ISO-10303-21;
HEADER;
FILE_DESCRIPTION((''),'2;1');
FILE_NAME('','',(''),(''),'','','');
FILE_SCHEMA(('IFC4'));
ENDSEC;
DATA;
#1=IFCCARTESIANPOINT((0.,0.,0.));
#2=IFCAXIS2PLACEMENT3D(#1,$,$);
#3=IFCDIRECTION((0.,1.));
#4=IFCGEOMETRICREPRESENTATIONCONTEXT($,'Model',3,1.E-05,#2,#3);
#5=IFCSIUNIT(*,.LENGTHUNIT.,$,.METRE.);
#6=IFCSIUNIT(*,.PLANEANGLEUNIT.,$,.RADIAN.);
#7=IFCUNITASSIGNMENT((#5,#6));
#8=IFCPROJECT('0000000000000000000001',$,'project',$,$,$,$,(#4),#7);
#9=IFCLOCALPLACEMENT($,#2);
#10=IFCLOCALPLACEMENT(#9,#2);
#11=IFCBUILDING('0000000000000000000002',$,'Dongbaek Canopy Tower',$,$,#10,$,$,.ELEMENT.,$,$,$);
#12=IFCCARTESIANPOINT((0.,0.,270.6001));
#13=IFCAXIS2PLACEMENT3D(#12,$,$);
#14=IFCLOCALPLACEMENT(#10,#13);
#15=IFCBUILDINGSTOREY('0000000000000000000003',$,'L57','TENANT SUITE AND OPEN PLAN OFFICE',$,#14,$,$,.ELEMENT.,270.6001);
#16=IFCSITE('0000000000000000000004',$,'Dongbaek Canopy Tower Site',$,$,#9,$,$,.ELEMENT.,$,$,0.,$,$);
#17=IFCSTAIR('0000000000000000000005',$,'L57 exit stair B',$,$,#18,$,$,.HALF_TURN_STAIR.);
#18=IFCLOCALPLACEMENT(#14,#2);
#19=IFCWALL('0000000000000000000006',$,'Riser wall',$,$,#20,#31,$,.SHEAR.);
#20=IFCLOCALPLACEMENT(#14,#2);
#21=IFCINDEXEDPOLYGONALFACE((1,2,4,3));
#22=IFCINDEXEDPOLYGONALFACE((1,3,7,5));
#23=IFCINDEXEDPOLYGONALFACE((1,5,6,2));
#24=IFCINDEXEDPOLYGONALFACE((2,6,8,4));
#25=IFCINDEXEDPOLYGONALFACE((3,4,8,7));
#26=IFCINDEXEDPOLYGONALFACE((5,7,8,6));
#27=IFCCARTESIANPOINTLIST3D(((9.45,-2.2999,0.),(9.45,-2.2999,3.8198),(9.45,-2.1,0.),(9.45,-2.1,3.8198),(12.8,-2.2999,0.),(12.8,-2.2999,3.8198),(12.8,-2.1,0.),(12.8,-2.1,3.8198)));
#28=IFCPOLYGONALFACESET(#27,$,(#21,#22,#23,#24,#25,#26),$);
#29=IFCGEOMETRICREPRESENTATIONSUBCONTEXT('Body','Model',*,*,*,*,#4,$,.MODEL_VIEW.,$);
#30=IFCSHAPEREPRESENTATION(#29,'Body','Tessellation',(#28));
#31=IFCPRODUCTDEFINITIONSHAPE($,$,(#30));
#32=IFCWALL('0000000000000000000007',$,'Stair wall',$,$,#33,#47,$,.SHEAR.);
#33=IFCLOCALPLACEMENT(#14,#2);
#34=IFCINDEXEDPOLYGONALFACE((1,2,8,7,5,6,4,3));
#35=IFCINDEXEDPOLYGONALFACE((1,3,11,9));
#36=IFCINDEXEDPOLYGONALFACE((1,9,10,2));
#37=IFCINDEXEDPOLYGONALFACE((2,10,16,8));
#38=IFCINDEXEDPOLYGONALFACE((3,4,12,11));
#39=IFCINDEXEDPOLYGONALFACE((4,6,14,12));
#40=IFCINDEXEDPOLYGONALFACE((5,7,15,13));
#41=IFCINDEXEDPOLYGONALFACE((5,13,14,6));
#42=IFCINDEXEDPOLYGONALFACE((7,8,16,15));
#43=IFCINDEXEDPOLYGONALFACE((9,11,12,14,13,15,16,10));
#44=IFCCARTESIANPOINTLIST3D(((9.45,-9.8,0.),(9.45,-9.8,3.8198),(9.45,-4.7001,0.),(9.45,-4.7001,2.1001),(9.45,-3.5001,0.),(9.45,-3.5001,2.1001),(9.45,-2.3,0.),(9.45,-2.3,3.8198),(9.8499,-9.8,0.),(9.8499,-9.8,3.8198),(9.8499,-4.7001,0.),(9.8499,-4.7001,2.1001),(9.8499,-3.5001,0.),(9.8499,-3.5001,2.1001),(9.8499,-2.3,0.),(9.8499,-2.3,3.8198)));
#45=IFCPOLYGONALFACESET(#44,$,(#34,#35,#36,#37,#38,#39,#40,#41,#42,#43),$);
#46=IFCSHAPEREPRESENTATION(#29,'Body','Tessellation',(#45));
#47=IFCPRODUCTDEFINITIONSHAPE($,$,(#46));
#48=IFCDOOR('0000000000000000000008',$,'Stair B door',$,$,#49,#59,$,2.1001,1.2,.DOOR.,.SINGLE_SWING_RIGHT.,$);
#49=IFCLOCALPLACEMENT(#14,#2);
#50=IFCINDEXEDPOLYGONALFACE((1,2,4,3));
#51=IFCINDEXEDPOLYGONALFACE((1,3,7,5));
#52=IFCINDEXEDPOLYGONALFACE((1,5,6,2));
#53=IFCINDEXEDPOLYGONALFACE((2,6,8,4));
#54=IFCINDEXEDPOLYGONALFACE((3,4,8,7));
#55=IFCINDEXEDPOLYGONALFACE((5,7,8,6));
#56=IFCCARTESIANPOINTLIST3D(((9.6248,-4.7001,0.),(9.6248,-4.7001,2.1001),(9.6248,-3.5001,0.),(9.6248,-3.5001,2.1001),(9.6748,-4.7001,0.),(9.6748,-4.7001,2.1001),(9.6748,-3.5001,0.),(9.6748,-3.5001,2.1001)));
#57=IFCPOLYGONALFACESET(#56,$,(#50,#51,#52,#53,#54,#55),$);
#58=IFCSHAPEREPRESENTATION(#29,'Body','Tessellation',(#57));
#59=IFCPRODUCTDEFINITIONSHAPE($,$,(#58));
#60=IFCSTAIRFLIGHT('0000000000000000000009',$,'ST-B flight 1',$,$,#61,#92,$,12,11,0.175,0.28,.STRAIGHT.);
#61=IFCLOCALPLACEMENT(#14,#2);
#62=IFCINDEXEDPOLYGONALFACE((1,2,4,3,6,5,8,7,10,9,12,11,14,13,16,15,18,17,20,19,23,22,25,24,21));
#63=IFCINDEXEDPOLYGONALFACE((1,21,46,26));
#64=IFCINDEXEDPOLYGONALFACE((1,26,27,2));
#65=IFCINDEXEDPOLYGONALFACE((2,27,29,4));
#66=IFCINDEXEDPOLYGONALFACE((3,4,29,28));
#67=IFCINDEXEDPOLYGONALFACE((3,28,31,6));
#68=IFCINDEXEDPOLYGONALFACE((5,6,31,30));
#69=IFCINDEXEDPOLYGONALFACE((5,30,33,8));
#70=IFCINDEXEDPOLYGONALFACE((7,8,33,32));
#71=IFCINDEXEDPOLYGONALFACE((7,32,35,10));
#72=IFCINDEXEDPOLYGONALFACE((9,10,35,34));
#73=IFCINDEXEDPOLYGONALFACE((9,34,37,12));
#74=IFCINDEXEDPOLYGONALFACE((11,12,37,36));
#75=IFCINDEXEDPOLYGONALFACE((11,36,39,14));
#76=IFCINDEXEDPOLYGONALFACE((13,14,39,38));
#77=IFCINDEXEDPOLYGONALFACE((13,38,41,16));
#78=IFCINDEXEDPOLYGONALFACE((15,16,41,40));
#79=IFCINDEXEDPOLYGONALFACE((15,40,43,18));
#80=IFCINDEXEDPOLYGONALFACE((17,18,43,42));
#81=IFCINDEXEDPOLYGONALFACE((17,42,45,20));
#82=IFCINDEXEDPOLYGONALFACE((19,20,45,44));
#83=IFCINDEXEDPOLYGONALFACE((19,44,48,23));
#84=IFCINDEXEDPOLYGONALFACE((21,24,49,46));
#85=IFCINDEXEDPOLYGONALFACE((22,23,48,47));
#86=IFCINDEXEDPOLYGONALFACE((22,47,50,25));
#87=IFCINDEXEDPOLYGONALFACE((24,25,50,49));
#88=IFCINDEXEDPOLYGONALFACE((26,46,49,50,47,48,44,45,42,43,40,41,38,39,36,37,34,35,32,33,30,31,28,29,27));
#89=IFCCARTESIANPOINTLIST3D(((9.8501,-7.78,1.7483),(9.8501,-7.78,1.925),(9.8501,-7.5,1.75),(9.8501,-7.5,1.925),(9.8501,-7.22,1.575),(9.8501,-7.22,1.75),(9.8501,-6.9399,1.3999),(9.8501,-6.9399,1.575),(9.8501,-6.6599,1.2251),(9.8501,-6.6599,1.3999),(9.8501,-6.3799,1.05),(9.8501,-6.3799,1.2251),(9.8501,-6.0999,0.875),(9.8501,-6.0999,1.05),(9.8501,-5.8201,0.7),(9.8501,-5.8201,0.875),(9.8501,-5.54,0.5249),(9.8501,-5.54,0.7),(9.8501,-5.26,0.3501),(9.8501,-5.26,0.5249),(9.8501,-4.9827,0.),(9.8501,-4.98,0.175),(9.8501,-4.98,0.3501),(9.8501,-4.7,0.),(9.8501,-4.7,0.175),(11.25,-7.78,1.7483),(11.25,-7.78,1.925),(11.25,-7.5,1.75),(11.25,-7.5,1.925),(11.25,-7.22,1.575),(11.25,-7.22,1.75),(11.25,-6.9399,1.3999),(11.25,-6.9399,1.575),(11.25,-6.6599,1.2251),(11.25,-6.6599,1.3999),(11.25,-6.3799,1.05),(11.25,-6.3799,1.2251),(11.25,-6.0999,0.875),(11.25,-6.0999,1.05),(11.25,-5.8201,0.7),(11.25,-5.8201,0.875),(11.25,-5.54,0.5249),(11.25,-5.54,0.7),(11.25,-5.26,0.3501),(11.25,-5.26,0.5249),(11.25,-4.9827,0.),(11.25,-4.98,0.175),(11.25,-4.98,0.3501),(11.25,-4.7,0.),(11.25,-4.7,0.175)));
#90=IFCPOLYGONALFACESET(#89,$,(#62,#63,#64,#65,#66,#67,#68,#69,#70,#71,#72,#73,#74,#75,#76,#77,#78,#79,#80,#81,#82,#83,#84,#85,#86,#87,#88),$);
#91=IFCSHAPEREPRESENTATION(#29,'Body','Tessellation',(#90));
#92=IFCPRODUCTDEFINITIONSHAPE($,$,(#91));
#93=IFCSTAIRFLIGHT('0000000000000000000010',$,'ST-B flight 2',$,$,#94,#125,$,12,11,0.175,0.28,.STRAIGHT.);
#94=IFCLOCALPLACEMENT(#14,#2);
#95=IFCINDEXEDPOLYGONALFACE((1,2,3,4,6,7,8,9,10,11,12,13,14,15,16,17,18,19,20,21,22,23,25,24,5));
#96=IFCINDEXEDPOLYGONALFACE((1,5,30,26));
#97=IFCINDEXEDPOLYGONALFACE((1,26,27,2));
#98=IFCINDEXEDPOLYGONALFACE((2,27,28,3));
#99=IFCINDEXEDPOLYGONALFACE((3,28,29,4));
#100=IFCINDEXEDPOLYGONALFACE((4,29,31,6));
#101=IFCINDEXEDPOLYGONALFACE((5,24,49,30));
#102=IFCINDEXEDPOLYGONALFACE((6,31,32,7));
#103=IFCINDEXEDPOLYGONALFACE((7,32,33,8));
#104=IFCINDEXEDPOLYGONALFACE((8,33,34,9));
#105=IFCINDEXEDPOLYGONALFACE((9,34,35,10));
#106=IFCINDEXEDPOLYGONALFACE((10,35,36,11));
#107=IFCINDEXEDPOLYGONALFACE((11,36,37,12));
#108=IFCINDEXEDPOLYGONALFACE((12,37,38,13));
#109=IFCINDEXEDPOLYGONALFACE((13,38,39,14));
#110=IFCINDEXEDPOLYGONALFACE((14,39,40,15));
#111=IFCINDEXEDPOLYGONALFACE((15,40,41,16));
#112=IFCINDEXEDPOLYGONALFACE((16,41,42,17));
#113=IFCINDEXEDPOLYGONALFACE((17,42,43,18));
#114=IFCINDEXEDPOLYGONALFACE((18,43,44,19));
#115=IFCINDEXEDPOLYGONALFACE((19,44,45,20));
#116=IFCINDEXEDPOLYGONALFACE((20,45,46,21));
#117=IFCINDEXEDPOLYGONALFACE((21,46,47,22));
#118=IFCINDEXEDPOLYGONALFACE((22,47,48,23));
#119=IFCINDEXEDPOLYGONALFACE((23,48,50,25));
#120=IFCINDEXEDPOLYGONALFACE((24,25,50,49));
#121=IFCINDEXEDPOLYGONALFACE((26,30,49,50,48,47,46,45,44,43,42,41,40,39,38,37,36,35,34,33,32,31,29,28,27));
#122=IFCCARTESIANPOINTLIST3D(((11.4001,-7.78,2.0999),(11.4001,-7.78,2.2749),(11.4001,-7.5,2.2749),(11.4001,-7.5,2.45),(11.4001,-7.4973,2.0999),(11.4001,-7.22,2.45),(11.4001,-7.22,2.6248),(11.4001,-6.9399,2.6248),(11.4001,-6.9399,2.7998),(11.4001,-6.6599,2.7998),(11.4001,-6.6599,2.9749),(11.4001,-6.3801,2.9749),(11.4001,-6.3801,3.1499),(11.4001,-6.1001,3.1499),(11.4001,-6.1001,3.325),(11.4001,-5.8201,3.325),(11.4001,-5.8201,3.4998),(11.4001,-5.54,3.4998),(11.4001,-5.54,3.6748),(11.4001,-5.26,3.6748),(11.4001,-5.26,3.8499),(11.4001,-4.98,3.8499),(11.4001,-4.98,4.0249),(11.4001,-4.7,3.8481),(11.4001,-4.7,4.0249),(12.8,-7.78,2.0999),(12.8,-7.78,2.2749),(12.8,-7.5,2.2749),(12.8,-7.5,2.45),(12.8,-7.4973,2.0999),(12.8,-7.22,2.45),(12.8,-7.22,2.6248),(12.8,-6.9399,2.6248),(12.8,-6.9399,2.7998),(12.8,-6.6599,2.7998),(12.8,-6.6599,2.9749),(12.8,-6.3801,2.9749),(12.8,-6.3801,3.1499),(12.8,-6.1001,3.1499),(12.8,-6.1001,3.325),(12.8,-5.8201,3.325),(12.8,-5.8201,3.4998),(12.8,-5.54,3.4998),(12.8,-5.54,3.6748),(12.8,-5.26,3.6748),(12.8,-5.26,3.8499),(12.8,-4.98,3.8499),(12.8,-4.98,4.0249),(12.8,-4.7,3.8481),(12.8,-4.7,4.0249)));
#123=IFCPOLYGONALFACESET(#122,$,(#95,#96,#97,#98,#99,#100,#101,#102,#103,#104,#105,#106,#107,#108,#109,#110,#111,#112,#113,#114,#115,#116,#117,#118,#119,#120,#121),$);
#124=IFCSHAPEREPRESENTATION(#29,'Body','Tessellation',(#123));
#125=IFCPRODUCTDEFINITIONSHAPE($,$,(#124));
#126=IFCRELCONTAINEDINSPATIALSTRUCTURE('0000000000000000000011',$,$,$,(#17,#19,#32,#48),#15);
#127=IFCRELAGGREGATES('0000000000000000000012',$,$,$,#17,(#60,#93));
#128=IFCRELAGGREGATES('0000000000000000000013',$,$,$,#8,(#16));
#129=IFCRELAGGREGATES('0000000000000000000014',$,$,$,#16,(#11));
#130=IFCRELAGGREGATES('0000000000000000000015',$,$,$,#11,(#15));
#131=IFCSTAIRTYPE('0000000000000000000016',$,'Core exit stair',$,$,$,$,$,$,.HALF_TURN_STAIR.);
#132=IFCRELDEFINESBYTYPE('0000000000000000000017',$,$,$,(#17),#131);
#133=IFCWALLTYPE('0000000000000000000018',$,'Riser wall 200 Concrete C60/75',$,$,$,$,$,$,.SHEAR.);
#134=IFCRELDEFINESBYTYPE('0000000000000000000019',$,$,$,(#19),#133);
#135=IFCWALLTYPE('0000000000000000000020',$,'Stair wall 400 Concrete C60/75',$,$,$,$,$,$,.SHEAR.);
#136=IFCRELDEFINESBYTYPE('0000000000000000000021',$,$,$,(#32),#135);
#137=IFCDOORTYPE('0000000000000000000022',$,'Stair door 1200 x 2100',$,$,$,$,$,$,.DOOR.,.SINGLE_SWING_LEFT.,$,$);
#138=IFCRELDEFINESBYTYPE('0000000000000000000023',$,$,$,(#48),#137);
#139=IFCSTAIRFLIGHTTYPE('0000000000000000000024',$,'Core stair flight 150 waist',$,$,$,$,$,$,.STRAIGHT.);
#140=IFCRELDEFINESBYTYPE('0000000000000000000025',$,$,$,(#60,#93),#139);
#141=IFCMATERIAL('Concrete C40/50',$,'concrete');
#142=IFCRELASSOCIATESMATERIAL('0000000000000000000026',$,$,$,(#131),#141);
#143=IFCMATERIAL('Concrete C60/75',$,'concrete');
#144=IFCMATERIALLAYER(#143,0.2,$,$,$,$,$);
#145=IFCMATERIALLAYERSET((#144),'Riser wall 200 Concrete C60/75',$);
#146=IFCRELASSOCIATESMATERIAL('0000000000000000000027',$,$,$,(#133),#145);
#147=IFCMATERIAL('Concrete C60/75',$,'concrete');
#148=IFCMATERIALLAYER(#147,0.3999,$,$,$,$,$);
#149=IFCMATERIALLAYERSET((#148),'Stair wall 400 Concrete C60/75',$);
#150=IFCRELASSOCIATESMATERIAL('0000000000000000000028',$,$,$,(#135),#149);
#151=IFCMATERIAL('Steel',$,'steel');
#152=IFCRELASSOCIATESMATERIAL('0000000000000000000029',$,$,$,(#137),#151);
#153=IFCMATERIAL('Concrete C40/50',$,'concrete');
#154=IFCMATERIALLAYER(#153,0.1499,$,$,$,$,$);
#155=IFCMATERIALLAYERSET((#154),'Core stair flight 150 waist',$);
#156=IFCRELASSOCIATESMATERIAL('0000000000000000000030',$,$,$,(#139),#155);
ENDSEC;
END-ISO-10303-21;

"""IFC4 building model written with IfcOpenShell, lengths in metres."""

from ifc_helpers import new_model, si_unit, direction, frame, frame_2d, origin, place, context, subcontext, project, spatial, polyline, rectangle, outline, extrude, material, layer, layer_set, type_object, element, fill, aggregate, save


model = new_model("IFC4")

# Units and contexts
model_context = context("Model", 3, precision=1e-05, world=origin(), true_north=direction((0.0, 1.0)))
body_context = subcontext(model_context, "Body", "Model", "MODEL_VIEW")
ifc_project = project(units=[si_unit("LENGTHUNIT", "METRE"), si_unit("PLANEANGLEUNIT", "RADIAN")], contexts=[model_context])

# Site, building, storey
site_placement = place(None, origin())
site = spatial("IfcSite", under=ifc_project, at=site_placement, Name="Dongbaek Canopy Tower Site", CompositionType="ELEMENT", RefElevation=0.0)
building_placement = place(site_placement, origin())
building = spatial("IfcBuilding", under=site, at=building_placement, Name="Dongbaek Canopy Tower", CompositionType="ELEMENT")
storey_placement = place(building_placement, frame((0.0, 0.0, 270.6001)))
storey = spatial("IfcBuildingStorey", under=building, at=storey_placement, Name="L57", Description="TENANT SUITE AND OPEN PLAN OFFICE", CompositionType="ELEMENT", Elevation=270.6001)

# Stair
ifc_material_1 = material(Name="Concrete C40/50", Category="concrete")
stair_type = type_object("IfcStairType", Name="Core exit stair", PredefinedType="HALF_TURN_STAIR", material=ifc_material_1)
stair_1_placement = place(storey_placement, origin())
stair_1 = element("IfcStair", 1, at=stair_1_placement, inside=storey, type_object=stair_type, Name="L57 exit stair B", PredefinedType="HALF_TURN_STAIR")

# Wall
ifc_material_2 = material(Name="Concrete C60/75", Category="concrete")
ifc_layer_1 = layer(ifc_material_2, 0.2)
ifc_layer_set_1 = layer_set([ifc_layer_1], Name="Riser wall 200 Concrete C60/75")
wall_type_1 = type_object("IfcWallType", Name="Riser wall 200 Concrete C60/75", PredefinedType="SHEAR", material=ifc_layer_set_1)
wall_1_placement = place(storey_placement, frame((9.45, -2.2, 0.0), z_axis=(0.0, 0.0, 1.0), x_axis=(1.0, 0.0, 0.0)))
element("IfcWall", 2, at=wall_1_placement, inside=storey, type_object=wall_type_1, Name="Riser wall", PredefinedType="SHEAR", context=body_context, shape_type="SweptSolid", body=[
    extrude(rectangle(XDim=3.3501, YDim=0.2, at=frame_2d((1.675, 0.0))), origin(), (0.0, 0.0, 1.0), 3.8198),
])

# Wall, opening, door
ifc_material_3 = material(Name="Concrete C60/75", Category="concrete")
ifc_layer_2 = layer(ifc_material_3, 0.3999)
ifc_layer_set_2 = layer_set([ifc_layer_2], Name="Stair wall 400 Concrete C60/75")
wall_type_2 = type_object("IfcWallType", Name="Stair wall 400 Concrete C60/75", PredefinedType="SHEAR", material=ifc_layer_set_2)
wall_2_placement = place(storey_placement, frame((9.6499, -2.3, 0.0), z_axis=(0.0, 0.0, 1.0), x_axis=(0.0, -1.0, 0.0)))
wall_2 = element("IfcWall", 3, at=wall_2_placement, inside=storey, type_object=wall_type_2, Name="Stair wall", PredefinedType="SHEAR", context=body_context, shape_type="SweptSolid", body=[
    extrude(rectangle(XDim=7.5, YDim=0.3999, at=frame_2d((3.75, 0.0))), origin(), (0.0, 0.0, 1.0), 3.8198),
])
opening_1_placement = place(wall_2_placement, frame((1.2, 0.0, 0.0)))
opening_1 = element("IfcOpeningElement", 4, at=opening_1_placement, cuts=wall_2, PredefinedType="OPENING", context=body_context, shape_type="SweptSolid", body=[
    extrude(rectangle(XDim=1.2, YDim=2.1001, at=frame_2d((0.6001, 1.05))), frame((0.0, 0.21, 0.0), z_axis=(0.0, -1.0, 0.0), x_axis=(1.0, 0.0, 0.0)), (0.0, 0.0, 1.0), 0.4199),
])
ifc_material_4 = material(Name="Steel", Category="steel")
door_type_1 = type_object("IfcDoorType", Name="Stair door 1200 x 2100", OperationType="SINGLE_SWING_LEFT", PredefinedType="DOOR", material=ifc_material_4)
door_1_placement = place(opening_1_placement, origin())
door_1 = element("IfcDoor", 5, at=door_1_placement, inside=storey, type_object=door_type_1, Name="Stair B door", OperationType="SINGLE_SWING_RIGHT", OverallHeight=2.1001, OverallWidth=1.2, PredefinedType="DOOR", context=body_context, shape_type="SweptSolid", body=[
    extrude(rectangle(XDim=1.2, YDim=2.1001, at=frame_2d((0.6001, 1.05))), frame((0.0, 0.0249, 0.0), z_axis=(0.0, -1.0, 0.0), x_axis=(1.0, 0.0, 0.0)), (0.0, 0.0, 1.0), 0.05),
])
fill(opening_1, door_1)

# Stair flights
ifc_material_5 = material(Name="Concrete C40/50", Category="concrete")
ifc_layer_3 = layer(ifc_material_5, 0.1499)
ifc_layer_set_3 = layer_set([ifc_layer_3], Name="Core stair flight 150 waist")
stair_flight_type = type_object("IfcStairFlightType", Name="Core stair flight 150 waist", PredefinedType="STRAIGHT", material=ifc_layer_set_3)
stair_flight_1_placement = place(storey_placement, frame((10.55, -4.7, 0.0), z_axis=(0.0, 0.0, 1.0), x_axis=(0.0, -1.0, 0.0)))
stair_flight_1 = element("IfcStairFlight", 6, at=stair_flight_1_placement, type_object=stair_flight_type, Name="ST-B flight 1", NumberOfRisers=12, NumberOfTreads=11, PredefinedType="STRAIGHT", RiserHeight=0.175, TreadLength=0.28, context=body_context, shape_type="SweptSolid", body=[
    extrude(outline(polyline([(0.0, 0.0), (0.0, 0.175), (0.28, 0.175), (0.28, 0.3501), (0.5601, 0.3501), (0.5601, 0.5249), (0.8401, 0.5249), (0.8401, 0.7), (1.1201, 0.7), (1.1201, 0.875), (1.3999, 0.875), (1.3999, 1.05), (1.6799, 1.05), (1.6799, 1.2251), (1.96, 1.2251), (1.96, 1.3999), (2.24, 1.3999), (2.24, 1.575), (2.52, 1.575), (2.52, 1.75), (2.8, 1.75), (2.8, 1.925), (3.0801, 1.925), (3.0801, 2.1001), (3.0801, 1.7483), (0.2827, 0.0), (0.0, 0.0)])), frame((0.0, 0.7, 0.0), z_axis=(0.0, -1.0, 0.0), x_axis=(1.0, 0.0, 0.0)), (0.0, 0.0, 1.0), 1.3999),
])
stair_flight_2_placement = place(storey_placement, frame((12.1001, -7.78, 2.0999), z_axis=(0.0, 0.0, 1.0), x_axis=(0.0, 1.0, 0.0)))
stair_flight_2 = element("IfcStairFlight", 7, at=stair_flight_2_placement, type_object=stair_flight_type, Name="ST-B flight 2", NumberOfRisers=12, NumberOfTreads=11, PredefinedType="STRAIGHT", RiserHeight=0.175, TreadLength=0.28, context=body_context, shape_type="SweptSolid", body=[
    extrude(outline(polyline([(0.0, 0.0), (0.0, 0.175), (0.28, 0.175), (0.28, 0.3501), (0.5601, 0.3501), (0.5601, 0.5249), (0.8401, 0.5249), (0.8401, 0.7), (1.1201, 0.7), (1.1201, 0.875), (1.3999, 0.875), (1.3999, 1.05), (1.6799, 1.05), (1.6799, 1.2251), (1.96, 1.2251), (1.96, 1.3999), (2.24, 1.3999), (2.24, 1.575), (2.52, 1.575), (2.52, 1.75), (2.8, 1.75), (2.8, 1.925), (3.0801, 1.925), (3.0801, 2.1001), (3.0801, 1.7483), (0.2827, 0.0), (0.0, 0.0)])), frame((0.0, 0.7, 0.0), z_axis=(0.0, -1.0, 0.0), x_axis=(1.0, 0.0, 0.0)), (0.0, 0.0, 1.0), 1.3999),
])
aggregate(stair_1, [stair_flight_1, stair_flight_2])

save(model, "model.ifc")
